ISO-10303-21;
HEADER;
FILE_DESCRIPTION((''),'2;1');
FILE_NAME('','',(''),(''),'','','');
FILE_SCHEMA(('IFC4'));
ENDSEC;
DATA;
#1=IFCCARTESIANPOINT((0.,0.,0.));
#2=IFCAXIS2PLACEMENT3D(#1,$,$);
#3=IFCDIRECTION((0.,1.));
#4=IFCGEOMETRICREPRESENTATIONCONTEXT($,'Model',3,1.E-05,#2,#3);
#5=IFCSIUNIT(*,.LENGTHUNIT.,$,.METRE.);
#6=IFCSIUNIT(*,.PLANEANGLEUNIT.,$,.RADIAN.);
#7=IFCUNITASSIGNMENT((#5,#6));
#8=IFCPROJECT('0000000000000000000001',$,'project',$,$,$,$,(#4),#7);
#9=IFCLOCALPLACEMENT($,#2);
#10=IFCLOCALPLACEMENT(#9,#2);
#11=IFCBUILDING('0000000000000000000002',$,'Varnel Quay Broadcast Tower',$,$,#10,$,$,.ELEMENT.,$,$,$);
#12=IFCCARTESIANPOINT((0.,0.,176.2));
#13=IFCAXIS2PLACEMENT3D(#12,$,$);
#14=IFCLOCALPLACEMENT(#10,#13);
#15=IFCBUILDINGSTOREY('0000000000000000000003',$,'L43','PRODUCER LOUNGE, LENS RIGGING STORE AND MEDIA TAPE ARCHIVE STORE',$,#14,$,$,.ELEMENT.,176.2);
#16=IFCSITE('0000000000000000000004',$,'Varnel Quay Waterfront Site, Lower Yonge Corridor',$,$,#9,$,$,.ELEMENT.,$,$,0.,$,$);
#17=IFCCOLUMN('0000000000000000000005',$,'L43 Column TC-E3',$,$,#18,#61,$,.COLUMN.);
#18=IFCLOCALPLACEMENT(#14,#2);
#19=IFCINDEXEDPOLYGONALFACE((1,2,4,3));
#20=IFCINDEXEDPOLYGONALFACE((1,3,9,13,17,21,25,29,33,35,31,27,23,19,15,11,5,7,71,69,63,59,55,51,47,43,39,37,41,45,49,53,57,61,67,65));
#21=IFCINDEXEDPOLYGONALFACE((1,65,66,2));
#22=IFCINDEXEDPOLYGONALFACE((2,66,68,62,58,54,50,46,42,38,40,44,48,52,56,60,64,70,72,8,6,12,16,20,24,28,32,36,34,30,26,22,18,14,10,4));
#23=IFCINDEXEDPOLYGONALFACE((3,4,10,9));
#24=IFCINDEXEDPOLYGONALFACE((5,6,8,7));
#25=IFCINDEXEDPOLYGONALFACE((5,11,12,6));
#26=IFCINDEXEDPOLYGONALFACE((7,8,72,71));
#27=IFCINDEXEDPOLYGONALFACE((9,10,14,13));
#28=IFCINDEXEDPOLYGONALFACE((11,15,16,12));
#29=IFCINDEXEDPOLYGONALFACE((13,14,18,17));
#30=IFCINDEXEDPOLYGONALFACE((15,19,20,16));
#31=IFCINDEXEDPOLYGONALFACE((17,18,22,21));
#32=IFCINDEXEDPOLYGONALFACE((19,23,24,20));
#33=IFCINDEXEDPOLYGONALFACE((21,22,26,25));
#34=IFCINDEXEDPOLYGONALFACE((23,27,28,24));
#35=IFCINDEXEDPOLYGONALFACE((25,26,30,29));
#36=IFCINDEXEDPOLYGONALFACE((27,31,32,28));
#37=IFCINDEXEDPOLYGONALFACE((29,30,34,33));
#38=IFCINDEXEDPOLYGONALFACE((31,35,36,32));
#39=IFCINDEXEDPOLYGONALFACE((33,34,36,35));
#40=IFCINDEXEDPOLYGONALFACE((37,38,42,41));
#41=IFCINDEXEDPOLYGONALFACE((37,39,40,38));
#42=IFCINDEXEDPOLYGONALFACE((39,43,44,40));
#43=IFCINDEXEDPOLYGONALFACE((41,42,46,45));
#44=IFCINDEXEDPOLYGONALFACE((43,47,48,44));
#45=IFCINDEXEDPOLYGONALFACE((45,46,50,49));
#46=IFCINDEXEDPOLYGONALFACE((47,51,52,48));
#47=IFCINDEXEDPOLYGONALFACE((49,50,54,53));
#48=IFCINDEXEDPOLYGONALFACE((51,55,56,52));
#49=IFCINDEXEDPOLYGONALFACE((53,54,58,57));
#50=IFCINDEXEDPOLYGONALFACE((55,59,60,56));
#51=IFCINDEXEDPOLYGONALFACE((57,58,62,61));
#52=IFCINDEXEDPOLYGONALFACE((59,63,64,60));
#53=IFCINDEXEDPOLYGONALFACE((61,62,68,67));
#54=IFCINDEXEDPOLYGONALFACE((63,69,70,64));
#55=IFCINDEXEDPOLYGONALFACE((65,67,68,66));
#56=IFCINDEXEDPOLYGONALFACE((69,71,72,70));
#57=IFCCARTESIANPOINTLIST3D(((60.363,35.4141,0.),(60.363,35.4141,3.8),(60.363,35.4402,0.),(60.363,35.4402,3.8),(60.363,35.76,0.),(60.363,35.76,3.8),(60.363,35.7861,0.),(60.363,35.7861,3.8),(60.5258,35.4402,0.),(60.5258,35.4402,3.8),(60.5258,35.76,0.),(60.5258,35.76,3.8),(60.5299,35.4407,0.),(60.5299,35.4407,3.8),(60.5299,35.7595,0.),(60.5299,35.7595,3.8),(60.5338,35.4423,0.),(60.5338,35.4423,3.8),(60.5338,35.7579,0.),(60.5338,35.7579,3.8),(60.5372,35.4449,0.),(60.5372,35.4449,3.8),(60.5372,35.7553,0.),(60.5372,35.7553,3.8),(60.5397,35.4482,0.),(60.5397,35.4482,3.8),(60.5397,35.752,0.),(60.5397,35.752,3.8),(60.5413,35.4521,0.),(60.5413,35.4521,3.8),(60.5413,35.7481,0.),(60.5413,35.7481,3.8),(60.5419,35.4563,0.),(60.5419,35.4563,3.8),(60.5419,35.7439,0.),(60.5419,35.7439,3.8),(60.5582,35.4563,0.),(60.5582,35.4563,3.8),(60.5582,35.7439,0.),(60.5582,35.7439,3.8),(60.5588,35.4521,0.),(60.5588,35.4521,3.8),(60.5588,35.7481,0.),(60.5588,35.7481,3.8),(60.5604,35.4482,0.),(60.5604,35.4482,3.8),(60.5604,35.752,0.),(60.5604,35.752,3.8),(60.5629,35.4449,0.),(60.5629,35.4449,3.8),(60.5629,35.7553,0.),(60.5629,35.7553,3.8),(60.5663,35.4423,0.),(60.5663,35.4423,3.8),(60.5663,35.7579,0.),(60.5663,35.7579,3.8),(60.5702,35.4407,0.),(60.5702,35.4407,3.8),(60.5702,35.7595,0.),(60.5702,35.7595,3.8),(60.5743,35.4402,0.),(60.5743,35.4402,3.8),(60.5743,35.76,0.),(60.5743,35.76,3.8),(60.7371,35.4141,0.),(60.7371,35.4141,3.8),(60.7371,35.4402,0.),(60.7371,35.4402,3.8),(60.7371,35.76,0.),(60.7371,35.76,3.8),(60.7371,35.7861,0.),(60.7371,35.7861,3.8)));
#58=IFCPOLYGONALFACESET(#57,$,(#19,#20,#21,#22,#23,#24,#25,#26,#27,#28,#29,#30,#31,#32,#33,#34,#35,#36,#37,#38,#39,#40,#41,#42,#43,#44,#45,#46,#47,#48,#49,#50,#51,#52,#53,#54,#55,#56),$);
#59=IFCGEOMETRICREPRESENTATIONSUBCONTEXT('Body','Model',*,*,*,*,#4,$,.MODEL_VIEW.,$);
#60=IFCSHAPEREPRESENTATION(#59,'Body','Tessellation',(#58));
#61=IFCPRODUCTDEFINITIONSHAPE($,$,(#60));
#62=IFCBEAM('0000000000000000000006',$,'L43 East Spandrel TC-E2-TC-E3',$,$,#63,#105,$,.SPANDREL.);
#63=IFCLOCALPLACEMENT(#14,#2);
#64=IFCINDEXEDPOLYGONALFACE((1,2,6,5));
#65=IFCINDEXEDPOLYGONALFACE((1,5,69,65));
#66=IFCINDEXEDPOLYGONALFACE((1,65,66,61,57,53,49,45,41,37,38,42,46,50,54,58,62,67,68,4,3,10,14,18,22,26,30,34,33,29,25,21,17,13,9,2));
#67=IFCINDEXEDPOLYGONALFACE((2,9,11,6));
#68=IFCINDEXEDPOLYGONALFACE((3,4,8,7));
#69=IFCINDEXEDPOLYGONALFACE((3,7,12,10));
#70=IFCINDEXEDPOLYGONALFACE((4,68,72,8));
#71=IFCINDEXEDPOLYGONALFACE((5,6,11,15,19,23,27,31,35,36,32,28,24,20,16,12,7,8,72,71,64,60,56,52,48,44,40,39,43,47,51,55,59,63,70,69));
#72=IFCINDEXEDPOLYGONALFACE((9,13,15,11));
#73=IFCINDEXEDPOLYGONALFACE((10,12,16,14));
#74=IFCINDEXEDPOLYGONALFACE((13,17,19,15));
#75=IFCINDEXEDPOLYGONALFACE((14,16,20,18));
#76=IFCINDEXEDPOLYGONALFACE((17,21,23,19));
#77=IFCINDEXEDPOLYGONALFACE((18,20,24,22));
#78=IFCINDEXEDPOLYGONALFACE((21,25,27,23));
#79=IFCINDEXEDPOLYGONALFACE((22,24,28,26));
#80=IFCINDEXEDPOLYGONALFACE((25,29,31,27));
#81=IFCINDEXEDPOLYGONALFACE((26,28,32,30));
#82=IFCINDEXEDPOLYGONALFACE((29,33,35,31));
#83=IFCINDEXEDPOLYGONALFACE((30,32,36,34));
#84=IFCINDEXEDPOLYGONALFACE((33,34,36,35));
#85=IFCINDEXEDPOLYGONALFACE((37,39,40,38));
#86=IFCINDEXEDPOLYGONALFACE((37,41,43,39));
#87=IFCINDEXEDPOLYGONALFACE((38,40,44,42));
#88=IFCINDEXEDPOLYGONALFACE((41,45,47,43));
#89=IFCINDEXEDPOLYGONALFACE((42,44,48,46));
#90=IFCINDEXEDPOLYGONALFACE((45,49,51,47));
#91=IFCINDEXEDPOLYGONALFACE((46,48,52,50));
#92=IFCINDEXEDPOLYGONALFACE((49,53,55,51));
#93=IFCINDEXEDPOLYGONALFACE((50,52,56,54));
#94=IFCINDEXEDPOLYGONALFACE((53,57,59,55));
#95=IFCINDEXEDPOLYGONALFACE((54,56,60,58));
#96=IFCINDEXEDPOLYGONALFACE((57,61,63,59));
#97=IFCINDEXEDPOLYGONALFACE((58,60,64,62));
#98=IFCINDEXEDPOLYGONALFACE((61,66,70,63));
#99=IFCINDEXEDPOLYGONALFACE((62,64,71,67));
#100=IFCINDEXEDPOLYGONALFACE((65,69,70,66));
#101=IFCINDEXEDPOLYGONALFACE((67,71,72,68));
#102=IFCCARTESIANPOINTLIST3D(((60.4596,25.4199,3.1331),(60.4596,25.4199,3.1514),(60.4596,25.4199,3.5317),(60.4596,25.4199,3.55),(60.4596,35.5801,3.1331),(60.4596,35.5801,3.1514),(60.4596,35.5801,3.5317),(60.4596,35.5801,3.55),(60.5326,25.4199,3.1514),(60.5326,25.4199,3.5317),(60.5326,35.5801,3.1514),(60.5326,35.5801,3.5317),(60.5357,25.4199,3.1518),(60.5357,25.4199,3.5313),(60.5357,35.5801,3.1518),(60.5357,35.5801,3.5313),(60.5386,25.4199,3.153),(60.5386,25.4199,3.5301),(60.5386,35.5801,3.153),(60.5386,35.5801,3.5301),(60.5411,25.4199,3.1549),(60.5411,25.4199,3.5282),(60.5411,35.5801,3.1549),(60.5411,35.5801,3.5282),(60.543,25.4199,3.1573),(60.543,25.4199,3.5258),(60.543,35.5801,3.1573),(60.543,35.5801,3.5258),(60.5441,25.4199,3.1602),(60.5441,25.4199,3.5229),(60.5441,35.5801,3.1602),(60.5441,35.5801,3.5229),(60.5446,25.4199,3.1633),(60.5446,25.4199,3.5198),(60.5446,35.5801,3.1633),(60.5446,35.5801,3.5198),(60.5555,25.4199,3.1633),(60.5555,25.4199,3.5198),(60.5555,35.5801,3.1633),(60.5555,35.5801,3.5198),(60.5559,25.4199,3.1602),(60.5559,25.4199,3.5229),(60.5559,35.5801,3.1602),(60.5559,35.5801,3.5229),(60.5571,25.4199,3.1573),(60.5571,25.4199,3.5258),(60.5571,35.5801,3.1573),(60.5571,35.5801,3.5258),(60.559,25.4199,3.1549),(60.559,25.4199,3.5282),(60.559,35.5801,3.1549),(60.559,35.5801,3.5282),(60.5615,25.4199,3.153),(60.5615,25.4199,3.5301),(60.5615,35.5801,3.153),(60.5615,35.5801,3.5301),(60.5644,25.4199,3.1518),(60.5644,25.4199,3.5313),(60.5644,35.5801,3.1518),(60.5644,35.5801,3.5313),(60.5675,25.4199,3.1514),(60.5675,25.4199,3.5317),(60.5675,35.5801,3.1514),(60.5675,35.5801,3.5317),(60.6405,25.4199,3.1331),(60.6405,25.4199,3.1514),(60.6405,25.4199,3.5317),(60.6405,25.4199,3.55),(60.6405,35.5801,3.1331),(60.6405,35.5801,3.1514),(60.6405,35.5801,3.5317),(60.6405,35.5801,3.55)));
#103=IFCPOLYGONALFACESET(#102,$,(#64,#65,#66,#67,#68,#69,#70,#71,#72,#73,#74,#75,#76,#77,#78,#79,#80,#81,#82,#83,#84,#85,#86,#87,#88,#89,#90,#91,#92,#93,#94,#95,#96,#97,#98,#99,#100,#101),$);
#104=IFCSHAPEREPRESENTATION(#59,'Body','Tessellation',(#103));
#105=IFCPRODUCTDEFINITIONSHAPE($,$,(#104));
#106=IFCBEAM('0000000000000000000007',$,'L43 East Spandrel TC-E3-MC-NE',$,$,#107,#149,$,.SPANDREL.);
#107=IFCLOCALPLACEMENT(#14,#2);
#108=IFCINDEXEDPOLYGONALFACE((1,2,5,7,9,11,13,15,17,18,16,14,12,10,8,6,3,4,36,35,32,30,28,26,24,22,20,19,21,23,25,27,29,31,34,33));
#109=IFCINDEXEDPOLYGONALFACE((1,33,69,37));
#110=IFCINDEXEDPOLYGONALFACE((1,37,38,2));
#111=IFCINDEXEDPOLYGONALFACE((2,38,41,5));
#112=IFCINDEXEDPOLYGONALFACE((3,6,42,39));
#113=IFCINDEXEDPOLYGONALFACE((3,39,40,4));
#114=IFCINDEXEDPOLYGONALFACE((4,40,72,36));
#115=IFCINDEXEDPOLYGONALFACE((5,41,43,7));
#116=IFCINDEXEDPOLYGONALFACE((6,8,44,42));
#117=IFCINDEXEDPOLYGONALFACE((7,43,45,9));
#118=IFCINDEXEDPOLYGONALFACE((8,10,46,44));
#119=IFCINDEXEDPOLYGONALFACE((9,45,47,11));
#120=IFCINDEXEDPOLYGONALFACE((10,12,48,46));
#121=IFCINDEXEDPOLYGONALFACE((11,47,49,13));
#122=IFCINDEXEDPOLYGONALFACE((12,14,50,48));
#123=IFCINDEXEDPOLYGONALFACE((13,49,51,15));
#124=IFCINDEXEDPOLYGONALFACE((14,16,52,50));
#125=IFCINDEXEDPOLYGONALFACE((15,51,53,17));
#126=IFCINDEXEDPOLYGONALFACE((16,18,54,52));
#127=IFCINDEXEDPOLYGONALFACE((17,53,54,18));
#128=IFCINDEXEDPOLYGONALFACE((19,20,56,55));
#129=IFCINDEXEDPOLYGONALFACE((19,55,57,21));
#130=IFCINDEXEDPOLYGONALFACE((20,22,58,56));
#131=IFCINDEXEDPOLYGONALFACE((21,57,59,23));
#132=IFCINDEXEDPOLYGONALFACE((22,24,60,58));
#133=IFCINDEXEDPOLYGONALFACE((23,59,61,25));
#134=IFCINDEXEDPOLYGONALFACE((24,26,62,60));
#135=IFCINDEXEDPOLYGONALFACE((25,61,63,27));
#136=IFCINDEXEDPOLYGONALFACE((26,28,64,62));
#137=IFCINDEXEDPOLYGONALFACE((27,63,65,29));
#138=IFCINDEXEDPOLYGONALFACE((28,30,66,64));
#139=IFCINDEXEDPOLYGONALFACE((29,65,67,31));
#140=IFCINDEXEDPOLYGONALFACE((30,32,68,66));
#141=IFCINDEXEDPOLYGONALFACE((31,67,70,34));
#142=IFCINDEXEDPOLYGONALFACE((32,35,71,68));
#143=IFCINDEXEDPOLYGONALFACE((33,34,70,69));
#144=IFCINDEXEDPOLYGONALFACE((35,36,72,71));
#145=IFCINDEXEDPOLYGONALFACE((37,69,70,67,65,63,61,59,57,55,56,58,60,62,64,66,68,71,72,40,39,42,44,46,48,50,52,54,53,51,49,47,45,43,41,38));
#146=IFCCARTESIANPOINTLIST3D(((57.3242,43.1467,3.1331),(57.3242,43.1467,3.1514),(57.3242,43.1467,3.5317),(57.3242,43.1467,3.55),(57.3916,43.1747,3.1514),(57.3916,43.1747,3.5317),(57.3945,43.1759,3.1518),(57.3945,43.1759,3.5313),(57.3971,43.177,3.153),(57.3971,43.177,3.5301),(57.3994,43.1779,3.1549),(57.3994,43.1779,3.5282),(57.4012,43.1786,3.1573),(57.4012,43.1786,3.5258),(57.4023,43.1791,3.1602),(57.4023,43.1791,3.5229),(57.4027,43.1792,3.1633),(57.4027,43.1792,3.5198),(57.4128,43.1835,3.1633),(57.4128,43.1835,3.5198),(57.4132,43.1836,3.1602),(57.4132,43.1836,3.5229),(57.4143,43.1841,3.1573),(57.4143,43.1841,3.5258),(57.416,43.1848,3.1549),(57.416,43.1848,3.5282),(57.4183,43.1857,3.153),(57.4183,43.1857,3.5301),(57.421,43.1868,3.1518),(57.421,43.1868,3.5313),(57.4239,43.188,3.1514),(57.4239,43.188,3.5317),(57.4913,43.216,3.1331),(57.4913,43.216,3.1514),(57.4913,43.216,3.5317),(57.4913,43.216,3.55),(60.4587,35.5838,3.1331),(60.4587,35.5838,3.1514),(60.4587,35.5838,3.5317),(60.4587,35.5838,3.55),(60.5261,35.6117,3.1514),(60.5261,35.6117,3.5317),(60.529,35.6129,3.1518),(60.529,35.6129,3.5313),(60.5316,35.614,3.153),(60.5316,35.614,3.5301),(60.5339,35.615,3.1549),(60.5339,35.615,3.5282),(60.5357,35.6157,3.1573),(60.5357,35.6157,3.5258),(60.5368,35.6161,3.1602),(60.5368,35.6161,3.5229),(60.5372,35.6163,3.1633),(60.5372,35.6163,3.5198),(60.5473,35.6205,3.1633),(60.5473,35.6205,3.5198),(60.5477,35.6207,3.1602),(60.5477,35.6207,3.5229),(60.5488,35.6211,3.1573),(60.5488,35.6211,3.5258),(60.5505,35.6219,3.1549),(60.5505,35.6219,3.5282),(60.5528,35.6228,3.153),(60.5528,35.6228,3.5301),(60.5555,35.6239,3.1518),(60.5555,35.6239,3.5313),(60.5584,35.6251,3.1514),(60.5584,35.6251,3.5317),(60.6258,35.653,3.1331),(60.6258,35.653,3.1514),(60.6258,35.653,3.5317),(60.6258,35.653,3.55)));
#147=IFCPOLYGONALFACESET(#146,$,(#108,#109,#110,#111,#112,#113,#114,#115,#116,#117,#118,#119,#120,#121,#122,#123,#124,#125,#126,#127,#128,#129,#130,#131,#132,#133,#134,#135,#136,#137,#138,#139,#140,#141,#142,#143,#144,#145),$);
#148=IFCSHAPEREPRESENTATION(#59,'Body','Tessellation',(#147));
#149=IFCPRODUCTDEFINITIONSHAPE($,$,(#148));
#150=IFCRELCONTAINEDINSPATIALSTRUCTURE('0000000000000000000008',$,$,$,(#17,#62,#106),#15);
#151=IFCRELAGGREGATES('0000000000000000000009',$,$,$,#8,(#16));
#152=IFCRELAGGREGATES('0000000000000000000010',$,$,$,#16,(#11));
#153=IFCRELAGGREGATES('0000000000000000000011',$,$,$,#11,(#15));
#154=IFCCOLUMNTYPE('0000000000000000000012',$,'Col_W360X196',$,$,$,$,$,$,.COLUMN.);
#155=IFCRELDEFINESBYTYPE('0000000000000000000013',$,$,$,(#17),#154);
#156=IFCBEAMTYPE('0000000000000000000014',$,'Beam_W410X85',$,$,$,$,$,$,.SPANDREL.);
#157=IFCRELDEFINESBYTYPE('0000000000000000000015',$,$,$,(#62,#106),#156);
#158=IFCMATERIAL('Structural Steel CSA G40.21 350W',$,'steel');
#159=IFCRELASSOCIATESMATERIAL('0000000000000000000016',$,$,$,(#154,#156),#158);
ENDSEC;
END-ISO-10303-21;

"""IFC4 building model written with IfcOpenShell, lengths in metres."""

from ifc_helpers import new_model, si_unit, direction, frame, origin, origin_2d, place, context, subcontext, project, spatial, i_section, extrude, source, transform, mapped, material, material_profile, profile_set, type_object, type_shapes, element, save


model = new_model("IFC4")

# Units and contexts
model_context = context("Model", 3, precision=1e-05, world=origin(), true_north=direction((0.0, 1.0)))
body_context = subcontext(model_context, "Body", "Model", "MODEL_VIEW")
ifc_project = project(units=[si_unit("LENGTHUNIT", "METRE"), si_unit("PLANEANGLEUNIT", "RADIAN")], contexts=[model_context])

# Site, building, storey
site_placement = place(None, origin())
site = spatial("IfcSite", under=ifc_project, at=site_placement, Name="Varnel Quay Waterfront Site, Lower Yonge Corridor", CompositionType="ELEMENT", RefElevation=0.0)
building_placement = place(site_placement, origin())
building = spatial("IfcBuilding", under=site, at=building_placement, Name="Varnel Quay Broadcast Tower", CompositionType="ELEMENT")
storey_placement = place(building_placement, frame((0.0, 0.0, 176.2)))
storey = spatial("IfcBuildingStorey", under=building, at=storey_placement, Name="L43", Description="PRODUCER LOUNGE, LENS RIGGING STORE AND MEDIA TAPE ARCHIVE STORE", CompositionType="ELEMENT", Elevation=176.2)

# Column
ifc_material_1 = material(Name="Structural Steel CSA G40.21 350W", Category="steel")
ifc_material_profile_1 = material_profile(ifc_material_1, i_section(OverallWidth=0.374, OverallDepth=0.3721, WebThickness=0.0164, FlangeThickness=0.0261, FilletRadius=0.0161, at=origin_2d()), Name="W360X196")
ifc_profile_set_1 = profile_set([ifc_material_profile_1], Name="Structural Steel CSA G40.21 350W")
column_type_1 = type_object("IfcColumnType", Name="Col_W360X196", PredefinedType="COLUMN", material=ifc_profile_set_1)
shared_shape_1 = source(origin(), body_context, "Body", "SweptSolid", [
    extrude(i_section(OverallWidth=0.374, OverallDepth=0.3721, WebThickness=0.0164, FlangeThickness=0.0261, FilletRadius=0.0161, at=origin_2d()), origin(), (0.0, 0.0, 1.0), 3.8),
])
type_shapes(column_type_1, [shared_shape_1])
for number, where, z_axis, x_axis, name in (
    (1, (60.55, 35.6001, 0.0), (0.0, 0.0, 1.0), (1.0, 0.0, 0.0), "L43 Column TC-E3"),
):
    element("IfcColumn", number, at=place(storey_placement, frame(where, z_axis=z_axis, x_axis=x_axis)), inside=storey, type_object=column_type_1, Name=name, PredefinedType="COLUMN", context=body_context, shape_type="MappedRepresentation", body=[
        mapped(shared_shape_1, transform((0.0, 0.0, 0.0), x_axis=(1.0, 0.0, 0.0), y_axis=(0.0, 1.0, 0.0), z_axis=(0.0, 0.0, 1.0), scale=1.0)),
    ])

# Beams
ifc_material_profile_2 = material_profile(ifc_material_1, i_section(OverallWidth=0.1809, OverallDepth=0.417, WebThickness=0.011, FlangeThickness=0.0183, FilletRadius=0.012, at=origin_2d()), Name="W410X85")
ifc_profile_set_2 = profile_set([ifc_material_profile_2], Name="Structural Steel CSA G40.21 350W")
beam_type_1 = type_object("IfcBeamType", Name="Beam_W410X85", PredefinedType="SPANDREL", material=ifc_profile_set_2)
shared_shape_2 = source(origin(), body_context, "Body", "SweptSolid", [
    extrude(i_section(OverallWidth=0.1809, OverallDepth=0.417, WebThickness=0.011, FlangeThickness=0.0183, FilletRadius=0.012, at=origin_2d()), origin(), (0.0, 0.0, 1.0), 10.1602),
])
beam_1_placement = place(storey_placement, frame((60.55, 25.4199, 3.3416), z_axis=(0.0, 1.0, 0.0), x_axis=(-1.0, 0.0, 0.0)))
element("IfcBeam", 2, at=beam_1_placement, inside=storey, type_object=beam_type_1, Name="L43 East Spandrel TC-E2-TC-E3", PredefinedType="SPANDREL", context=body_context, shape_type="MappedRepresentation", body=[
    mapped(shared_shape_2, transform((0.0, 0.0, 0.0), x_axis=(1.0, 0.0, 0.0), y_axis=(0.0, 1.0, 0.0), z_axis=(0.0, 0.0, 1.0), scale=1.0)),
])
shared_shape_3 = source(origin(), body_context, "Body", "SweptSolid", [
    extrude(i_section(OverallWidth=0.1809, OverallDepth=0.417, WebThickness=0.011, FlangeThickness=0.0183, FilletRadius=0.012, at=origin_2d()), origin(), (0.0, 0.0, 1.0), 8.1868),
])
beam_2_placement = place(storey_placement, frame((60.5422, 35.6184, 3.3416), z_axis=(-0.382874, 0.923801, 0.0), x_axis=(-0.923801, -0.382874, 0.0)))
element("IfcBeam", 3, at=beam_2_placement, inside=storey, type_object=beam_type_1, Name="L43 East Spandrel TC-E3-MC-NE", PredefinedType="SPANDREL", context=body_context, shape_type="MappedRepresentation", body=[
    mapped(shared_shape_3, transform((0.0, 0.0, 0.0), x_axis=(1.0, 0.0, 0.0), y_axis=(0.0, 1.0, 0.0), z_axis=(0.0, 0.0, 1.0), scale=1.0)),
])

save(model, "model.ifc")
